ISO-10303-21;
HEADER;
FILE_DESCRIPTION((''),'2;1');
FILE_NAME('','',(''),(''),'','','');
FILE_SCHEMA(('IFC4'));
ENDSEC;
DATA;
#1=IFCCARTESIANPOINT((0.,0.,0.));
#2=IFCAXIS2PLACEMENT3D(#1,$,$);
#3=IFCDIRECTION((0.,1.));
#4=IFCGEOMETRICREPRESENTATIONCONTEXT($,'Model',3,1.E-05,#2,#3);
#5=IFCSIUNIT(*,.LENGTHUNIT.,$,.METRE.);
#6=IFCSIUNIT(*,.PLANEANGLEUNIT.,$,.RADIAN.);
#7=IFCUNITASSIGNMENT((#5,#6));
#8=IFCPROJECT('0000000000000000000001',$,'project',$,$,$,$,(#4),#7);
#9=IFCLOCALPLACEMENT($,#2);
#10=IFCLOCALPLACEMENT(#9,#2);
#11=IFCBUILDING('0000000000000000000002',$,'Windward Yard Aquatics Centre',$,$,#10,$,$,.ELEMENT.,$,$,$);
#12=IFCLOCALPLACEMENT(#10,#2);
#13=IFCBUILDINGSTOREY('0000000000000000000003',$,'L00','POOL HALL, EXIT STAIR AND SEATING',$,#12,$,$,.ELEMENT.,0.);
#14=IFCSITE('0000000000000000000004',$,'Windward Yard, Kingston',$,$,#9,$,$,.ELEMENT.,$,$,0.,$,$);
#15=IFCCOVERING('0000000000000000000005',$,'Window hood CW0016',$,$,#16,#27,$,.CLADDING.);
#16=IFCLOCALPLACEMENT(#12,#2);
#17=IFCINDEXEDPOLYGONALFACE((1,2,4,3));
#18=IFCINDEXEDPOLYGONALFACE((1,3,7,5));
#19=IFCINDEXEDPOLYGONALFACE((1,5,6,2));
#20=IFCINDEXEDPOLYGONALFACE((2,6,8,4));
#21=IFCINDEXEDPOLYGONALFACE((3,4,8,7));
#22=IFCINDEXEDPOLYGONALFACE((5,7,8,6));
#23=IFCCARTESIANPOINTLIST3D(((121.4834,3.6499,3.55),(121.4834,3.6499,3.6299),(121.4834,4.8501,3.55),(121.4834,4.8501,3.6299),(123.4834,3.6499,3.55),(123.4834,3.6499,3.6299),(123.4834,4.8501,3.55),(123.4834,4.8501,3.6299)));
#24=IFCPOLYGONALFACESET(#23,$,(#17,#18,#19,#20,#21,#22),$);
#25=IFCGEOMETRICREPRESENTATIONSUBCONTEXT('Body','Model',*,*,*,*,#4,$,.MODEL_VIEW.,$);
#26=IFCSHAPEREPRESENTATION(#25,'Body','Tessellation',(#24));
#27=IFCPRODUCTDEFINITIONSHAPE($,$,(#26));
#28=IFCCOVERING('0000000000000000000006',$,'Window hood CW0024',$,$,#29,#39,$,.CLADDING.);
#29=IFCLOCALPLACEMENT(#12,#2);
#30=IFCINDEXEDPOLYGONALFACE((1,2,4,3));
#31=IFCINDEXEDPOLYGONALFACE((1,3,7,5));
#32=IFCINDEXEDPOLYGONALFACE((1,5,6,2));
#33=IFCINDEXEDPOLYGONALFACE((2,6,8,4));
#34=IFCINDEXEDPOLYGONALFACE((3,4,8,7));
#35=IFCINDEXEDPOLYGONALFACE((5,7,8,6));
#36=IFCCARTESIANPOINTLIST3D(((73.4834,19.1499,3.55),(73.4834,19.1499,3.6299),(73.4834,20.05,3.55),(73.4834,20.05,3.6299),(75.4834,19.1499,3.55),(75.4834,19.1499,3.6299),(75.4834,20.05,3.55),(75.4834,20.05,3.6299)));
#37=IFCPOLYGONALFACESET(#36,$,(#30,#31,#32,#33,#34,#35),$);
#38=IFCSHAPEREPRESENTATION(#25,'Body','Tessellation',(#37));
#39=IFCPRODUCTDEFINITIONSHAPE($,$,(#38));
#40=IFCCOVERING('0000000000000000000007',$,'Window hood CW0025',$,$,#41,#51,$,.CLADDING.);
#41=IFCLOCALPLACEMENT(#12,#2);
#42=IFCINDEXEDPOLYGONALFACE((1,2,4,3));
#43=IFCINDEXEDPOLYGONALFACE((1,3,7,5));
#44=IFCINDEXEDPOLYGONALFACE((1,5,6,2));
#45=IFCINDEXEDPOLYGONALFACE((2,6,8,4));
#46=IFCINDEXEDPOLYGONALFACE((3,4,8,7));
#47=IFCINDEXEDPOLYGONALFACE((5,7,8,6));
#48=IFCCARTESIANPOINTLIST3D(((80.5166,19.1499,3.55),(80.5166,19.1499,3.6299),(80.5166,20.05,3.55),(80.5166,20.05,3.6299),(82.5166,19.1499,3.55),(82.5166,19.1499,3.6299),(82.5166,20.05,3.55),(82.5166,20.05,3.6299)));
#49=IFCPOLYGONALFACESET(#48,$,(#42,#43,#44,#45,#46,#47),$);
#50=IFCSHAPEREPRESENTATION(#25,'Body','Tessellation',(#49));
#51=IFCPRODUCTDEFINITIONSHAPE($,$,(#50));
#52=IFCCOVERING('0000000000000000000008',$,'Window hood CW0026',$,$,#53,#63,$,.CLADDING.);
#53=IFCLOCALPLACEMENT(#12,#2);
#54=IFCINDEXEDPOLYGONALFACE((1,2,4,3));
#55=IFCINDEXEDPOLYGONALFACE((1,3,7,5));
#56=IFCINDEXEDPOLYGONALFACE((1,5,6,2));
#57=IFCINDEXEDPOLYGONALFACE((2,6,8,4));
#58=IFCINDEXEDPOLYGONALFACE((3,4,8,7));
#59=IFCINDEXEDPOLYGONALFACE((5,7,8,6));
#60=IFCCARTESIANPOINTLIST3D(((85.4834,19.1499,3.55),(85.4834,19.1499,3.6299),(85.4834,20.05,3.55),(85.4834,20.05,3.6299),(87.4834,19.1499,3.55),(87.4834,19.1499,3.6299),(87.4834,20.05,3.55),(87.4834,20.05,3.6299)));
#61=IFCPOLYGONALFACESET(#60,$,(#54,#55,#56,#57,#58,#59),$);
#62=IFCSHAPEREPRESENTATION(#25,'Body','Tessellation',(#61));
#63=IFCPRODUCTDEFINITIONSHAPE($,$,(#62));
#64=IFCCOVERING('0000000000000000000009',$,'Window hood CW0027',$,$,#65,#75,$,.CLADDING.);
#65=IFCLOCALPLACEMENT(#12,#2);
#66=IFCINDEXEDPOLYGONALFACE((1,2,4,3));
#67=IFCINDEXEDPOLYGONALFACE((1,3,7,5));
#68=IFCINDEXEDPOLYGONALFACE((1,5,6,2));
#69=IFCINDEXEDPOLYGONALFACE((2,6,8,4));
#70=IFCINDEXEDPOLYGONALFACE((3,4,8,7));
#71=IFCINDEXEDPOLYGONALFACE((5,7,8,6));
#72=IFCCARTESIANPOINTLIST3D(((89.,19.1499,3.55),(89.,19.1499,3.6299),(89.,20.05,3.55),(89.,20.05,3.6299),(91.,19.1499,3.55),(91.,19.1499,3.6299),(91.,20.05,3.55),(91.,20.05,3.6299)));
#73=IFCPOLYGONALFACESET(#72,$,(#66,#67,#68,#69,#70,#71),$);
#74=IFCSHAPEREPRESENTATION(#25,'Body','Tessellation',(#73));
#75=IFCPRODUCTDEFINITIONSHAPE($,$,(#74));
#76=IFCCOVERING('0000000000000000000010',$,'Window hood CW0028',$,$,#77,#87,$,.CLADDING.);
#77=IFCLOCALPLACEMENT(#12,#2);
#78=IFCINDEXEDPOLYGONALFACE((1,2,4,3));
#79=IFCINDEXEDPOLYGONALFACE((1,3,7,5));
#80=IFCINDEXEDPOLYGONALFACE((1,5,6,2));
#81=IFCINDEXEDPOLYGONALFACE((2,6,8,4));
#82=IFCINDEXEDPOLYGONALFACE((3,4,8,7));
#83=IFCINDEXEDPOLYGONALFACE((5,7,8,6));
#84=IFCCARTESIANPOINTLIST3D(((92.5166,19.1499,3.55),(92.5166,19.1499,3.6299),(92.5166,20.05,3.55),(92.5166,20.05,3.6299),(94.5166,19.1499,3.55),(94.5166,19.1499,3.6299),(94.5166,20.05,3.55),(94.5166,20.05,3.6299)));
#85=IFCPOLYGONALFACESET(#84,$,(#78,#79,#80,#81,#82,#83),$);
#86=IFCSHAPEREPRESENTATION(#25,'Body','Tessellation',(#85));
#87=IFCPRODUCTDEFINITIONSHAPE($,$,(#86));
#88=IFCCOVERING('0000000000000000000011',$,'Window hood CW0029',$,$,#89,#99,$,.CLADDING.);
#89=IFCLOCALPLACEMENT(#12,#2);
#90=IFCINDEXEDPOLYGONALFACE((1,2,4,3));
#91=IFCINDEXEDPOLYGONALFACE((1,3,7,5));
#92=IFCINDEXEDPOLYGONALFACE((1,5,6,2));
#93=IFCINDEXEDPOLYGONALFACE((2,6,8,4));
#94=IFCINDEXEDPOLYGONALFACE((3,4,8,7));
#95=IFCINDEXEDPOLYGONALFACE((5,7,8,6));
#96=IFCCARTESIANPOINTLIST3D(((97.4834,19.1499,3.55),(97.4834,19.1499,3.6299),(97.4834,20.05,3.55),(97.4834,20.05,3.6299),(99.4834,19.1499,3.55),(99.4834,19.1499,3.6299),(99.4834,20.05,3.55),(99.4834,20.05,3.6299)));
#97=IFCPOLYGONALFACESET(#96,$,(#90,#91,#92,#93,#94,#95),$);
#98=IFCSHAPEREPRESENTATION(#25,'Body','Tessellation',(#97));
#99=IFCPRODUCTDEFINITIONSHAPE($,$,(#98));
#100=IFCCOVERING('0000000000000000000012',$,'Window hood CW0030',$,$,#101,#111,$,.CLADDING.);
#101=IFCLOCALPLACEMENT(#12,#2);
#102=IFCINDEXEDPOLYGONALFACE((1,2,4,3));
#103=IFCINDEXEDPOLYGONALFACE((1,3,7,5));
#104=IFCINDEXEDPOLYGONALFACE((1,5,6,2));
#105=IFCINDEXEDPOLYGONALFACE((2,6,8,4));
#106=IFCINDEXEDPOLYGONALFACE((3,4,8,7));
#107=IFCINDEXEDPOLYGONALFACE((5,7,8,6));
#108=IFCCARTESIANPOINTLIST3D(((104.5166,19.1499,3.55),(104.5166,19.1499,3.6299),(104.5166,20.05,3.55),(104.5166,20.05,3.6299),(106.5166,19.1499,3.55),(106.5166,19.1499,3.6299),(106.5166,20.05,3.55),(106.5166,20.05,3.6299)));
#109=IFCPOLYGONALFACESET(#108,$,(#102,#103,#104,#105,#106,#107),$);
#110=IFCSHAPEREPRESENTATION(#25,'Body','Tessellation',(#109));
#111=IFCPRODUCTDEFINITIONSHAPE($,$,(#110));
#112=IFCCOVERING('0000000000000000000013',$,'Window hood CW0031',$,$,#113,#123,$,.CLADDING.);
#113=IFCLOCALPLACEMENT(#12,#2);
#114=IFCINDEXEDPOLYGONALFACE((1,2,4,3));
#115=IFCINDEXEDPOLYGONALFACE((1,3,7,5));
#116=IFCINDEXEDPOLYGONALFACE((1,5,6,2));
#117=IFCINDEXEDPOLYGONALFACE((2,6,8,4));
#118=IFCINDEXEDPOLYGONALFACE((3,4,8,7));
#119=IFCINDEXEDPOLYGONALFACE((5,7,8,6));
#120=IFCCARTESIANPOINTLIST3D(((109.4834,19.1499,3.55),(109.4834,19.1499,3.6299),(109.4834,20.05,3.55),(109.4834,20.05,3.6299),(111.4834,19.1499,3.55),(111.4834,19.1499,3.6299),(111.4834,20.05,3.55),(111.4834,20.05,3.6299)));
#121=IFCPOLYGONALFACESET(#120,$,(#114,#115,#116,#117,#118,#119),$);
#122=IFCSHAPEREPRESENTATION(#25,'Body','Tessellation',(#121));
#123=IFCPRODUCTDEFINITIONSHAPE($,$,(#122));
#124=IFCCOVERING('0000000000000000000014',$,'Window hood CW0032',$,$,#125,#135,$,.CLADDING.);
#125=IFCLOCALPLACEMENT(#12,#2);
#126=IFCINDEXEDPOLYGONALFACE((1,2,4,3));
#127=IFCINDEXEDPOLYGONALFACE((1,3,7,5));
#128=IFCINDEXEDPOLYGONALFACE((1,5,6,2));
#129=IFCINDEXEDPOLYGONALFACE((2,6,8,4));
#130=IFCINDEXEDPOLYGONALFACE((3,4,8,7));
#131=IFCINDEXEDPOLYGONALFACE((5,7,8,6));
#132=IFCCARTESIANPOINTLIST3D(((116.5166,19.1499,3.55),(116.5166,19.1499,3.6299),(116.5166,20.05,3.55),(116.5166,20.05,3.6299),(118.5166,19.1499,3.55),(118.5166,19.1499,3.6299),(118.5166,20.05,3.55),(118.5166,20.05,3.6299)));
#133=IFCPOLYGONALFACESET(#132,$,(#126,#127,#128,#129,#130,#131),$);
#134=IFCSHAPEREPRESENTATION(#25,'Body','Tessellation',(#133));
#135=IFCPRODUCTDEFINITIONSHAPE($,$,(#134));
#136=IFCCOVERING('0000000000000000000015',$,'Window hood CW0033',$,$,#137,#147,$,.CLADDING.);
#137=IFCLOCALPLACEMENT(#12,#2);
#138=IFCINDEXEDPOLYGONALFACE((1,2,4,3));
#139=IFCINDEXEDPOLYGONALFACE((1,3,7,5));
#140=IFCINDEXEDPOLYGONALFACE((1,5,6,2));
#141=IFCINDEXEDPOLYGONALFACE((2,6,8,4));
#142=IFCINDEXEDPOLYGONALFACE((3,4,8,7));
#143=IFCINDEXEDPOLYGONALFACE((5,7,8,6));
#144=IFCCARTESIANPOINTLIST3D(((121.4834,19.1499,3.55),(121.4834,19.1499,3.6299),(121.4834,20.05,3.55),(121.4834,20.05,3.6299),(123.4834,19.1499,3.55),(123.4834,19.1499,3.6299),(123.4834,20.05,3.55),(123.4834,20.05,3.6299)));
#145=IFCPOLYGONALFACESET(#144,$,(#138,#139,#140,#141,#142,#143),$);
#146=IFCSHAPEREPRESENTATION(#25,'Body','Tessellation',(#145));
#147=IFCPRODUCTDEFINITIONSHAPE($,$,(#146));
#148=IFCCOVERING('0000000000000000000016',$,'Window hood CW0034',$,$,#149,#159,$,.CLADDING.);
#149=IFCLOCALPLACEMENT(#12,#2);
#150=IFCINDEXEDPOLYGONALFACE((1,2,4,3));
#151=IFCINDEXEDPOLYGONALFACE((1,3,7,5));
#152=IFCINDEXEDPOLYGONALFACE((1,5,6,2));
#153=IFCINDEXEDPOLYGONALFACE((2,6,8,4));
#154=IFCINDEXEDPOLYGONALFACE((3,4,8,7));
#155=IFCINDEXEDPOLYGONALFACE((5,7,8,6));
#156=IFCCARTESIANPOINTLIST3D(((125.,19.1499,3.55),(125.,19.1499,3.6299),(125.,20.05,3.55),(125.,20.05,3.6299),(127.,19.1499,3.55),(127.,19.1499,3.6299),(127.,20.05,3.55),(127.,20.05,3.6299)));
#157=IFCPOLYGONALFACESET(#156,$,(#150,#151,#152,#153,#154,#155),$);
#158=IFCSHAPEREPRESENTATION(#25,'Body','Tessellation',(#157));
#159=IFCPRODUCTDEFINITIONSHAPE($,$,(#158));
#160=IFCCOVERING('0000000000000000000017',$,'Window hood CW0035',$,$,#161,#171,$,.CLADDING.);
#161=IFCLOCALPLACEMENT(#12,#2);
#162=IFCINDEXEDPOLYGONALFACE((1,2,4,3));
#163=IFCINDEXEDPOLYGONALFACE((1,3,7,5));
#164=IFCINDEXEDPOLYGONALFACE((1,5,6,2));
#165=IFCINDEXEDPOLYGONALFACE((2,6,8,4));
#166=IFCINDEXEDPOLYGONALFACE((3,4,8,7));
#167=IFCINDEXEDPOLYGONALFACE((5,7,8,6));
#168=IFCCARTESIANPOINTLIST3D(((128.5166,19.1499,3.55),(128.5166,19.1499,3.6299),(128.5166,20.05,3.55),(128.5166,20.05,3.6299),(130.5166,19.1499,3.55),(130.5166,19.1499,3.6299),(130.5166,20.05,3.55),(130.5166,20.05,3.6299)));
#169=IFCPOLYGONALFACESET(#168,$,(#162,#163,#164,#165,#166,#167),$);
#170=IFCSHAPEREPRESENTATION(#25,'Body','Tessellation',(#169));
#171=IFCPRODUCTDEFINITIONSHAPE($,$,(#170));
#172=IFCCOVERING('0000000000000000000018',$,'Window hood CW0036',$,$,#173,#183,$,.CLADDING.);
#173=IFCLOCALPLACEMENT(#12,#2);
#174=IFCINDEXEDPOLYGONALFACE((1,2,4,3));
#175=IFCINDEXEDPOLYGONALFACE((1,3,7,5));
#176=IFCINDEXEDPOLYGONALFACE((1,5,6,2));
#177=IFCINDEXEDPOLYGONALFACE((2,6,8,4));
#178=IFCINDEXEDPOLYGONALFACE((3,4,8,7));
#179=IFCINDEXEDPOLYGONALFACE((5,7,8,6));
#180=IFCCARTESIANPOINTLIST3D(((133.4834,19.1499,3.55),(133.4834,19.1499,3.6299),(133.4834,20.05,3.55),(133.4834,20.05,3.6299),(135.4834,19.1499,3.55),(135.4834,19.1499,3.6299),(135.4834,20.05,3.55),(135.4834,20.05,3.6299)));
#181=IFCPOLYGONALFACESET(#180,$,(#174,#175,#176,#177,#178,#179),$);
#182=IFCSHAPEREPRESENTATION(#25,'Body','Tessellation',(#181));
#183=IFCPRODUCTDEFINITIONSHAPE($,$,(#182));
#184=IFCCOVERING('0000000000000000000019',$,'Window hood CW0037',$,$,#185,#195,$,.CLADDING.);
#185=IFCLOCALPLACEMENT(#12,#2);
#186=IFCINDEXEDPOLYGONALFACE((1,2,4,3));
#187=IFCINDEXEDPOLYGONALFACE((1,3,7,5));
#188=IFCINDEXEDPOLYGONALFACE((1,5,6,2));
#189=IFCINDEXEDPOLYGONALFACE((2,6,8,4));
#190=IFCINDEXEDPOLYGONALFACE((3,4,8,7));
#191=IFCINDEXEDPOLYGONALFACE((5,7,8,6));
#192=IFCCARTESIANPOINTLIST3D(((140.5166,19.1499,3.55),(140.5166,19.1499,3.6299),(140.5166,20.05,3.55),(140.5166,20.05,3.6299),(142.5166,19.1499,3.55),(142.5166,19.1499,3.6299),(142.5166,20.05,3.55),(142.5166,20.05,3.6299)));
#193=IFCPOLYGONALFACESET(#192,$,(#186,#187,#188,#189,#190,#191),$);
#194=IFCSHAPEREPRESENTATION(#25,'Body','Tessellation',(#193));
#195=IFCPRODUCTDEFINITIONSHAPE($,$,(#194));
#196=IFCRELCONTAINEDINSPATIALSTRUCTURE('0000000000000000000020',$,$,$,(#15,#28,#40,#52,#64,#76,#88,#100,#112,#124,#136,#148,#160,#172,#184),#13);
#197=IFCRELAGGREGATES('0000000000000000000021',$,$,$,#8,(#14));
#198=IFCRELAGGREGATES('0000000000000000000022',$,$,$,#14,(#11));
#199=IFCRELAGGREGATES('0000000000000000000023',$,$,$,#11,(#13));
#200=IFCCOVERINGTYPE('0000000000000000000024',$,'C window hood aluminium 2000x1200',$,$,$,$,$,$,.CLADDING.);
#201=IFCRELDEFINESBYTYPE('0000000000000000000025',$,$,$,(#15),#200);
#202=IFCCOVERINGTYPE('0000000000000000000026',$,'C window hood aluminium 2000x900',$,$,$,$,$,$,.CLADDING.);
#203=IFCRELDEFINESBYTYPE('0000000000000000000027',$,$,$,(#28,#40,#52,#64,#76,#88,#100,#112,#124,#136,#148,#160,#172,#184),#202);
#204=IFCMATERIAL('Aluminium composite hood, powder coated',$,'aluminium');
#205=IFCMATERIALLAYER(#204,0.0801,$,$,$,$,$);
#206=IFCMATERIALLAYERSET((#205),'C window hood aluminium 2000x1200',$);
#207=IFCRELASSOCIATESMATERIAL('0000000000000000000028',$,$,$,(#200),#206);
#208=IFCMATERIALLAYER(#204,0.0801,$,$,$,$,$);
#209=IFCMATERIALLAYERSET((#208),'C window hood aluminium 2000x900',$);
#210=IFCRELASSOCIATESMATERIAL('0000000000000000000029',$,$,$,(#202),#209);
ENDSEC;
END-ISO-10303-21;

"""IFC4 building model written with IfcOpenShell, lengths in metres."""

from ifc_helpers import new_model, si_unit, direction, frame, origin, place, context, subcontext, project, spatial, polyline, outline, extrude, material, layer, layer_set, type_object, element, save


model = new_model("IFC4")

# Units and contexts
model_context = context("Model", 3, precision=1e-05, world=origin(), true_north=direction((0.0, 1.0)))
body_context = subcontext(model_context, "Body", "Model", "MODEL_VIEW")
ifc_project = project(units=[si_unit("LENGTHUNIT", "METRE"), si_unit("PLANEANGLEUNIT", "RADIAN")], contexts=[model_context])

# Site, building, storey
site_placement = place(None, origin())
site = spatial("IfcSite", under=ifc_project, at=site_placement, Name="Windward Yard, Kingston", CompositionType="ELEMENT", RefElevation=0.0)
building_placement = place(site_placement, origin())
building = spatial("IfcBuilding", under=site, at=building_placement, Name="Windward Yard Aquatics Centre", CompositionType="ELEMENT")
storey_placement = place(building_placement, origin())
storey = spatial("IfcBuildingStorey", under=building, at=storey_placement, Name="L00", Description="POOL HALL, EXIT STAIR AND SEATING", CompositionType="ELEMENT", Elevation=0.0)

# Coverings
ifc_material = material(Name="Aluminium composite hood, powder coated", Category="aluminium")
ifc_layer_1 = layer(ifc_material, 0.0801)
ifc_layer_set_1 = layer_set([ifc_layer_1], Name="C window hood aluminium 2000x1200")
covering_type_1 = type_object("IfcCoveringType", Name="C window hood aluminium 2000x1200", PredefinedType="CLADDING", material=ifc_layer_set_1)
covering_1_placement = place(storey_placement, frame((0.0, 0.0, 3.55)))
element("IfcCovering", 1, at=covering_1_placement, inside=storey, type_object=covering_type_1, Name="Window hood CW0016", PredefinedType="CLADDING", context=body_context, shape_type="SweptSolid", body=[
    extrude(outline(polyline([(121.4834, 3.6499), (121.4834, 4.8501), (123.4834, 4.8501), (123.4834, 3.6499), (121.4834, 3.6499)])), origin(), (0.0, 0.0, 1.0), 0.0798),
])
ifc_layer_2 = layer(ifc_material, 0.0801)
ifc_layer_set_2 = layer_set([ifc_layer_2], Name="C window hood aluminium 2000x900")
covering_type_2 = type_object("IfcCoveringType", Name="C window hood aluminium 2000x900", PredefinedType="CLADDING", material=ifc_layer_set_2)
covering_2_placement = place(storey_placement, frame((0.0, 0.0, 3.55)))
element("IfcCovering", 2, at=covering_2_placement, inside=storey, type_object=covering_type_2, Name="Window hood CW0024", PredefinedType="CLADDING", context=body_context, shape_type="SweptSolid", body=[
    extrude(outline(polyline([(73.4834, 19.1499), (75.4834, 19.1499), (75.4834, 20.05), (73.4834, 20.05), (73.4834, 19.1499)])), origin(), (0.0, 0.0, 1.0), 0.0798),
])
covering_3_placement = place(storey_placement, frame((0.0, 0.0, 3.55)))
element("IfcCovering", 3, at=covering_3_placement, inside=storey, type_object=covering_type_2, Name="Window hood CW0025", PredefinedType="CLADDING", context=body_context, shape_type="SweptSolid", body=[
    extrude(outline(polyline([(80.5166, 19.1499), (82.5166, 19.1499), (82.5166, 20.05), (80.5166, 20.05), (80.5166, 19.1499)])), origin(), (0.0, 0.0, 1.0), 0.0798),
])
covering_4_placement = place(storey_placement, frame((0.0, 0.0, 3.55)))
element("IfcCovering", 4, at=covering_4_placement, inside=storey, type_object=covering_type_2, Name="Window hood CW0026", PredefinedType="CLADDING", context=body_context, shape_type="SweptSolid", body=[
    extrude(outline(polyline([(85.4834, 19.1499), (87.4834, 19.1499), (87.4834, 20.05), (85.4834, 20.05), (85.4834, 19.1499)])), origin(), (0.0, 0.0, 1.0), 0.0798),
])
covering_5_placement = place(storey_placement, frame((0.0, 0.0, 3.55)))
element("IfcCovering", 5, at=covering_5_placement, inside=storey, type_object=covering_type_2, Name="Window hood CW0027", PredefinedType="CLADDING", context=body_context, shape_type="SweptSolid", body=[
    extrude(outline(polyline([(89.0, 19.1499), (91.0, 19.1499), (91.0, 20.05), (89.0, 20.05), (89.0, 19.1499)])), origin(), (0.0, 0.0, 1.0), 0.0798),
])
covering_6_placement = place(storey_placement, frame((0.0, 0.0, 3.55)))
element("IfcCovering", 6, at=covering_6_placement, inside=storey, type_object=covering_type_2, Name="Window hood CW0028", PredefinedType="CLADDING", context=body_context, shape_type="SweptSolid", body=[
    extrude(outline(polyline([(92.5166, 19.1499), (94.5166, 19.1499), (94.5166, 20.05), (92.5166, 20.05), (92.5166, 19.1499)])), origin(), (0.0, 0.0, 1.0), 0.0798),
])
covering_7_placement = place(storey_placement, frame((0.0, 0.0, 3.55)))
element("IfcCovering", 7, at=covering_7_placement, inside=storey, type_object=covering_type_2, Name="Window hood CW0029", PredefinedType="CLADDING", context=body_context, shape_type="SweptSolid", body=[
    extrude(outline(polyline([(97.4834, 19.1499), (99.4834, 19.1499), (99.4834, 20.05), (97.4834, 20.05), (97.4834, 19.1499)])), origin(), (0.0, 0.0, 1.0), 0.0798),
])
covering_8_placement = place(storey_placement, frame((0.0, 0.0, 3.55)))
element("IfcCovering", 8, at=covering_8_placement, inside=storey, type_object=covering_type_2, Name="Window hood CW0030", PredefinedType="CLADDING", context=body_context, shape_type="SweptSolid", body=[
    extrude(outline(polyline([(104.5166, 19.1499), (106.5166, 19.1499), (106.5166, 20.05), (104.5166, 20.05), (104.5166, 19.1499)])), origin(), (0.0, 0.0, 1.0), 0.0798),
])
covering_9_placement = place(storey_placement, frame((0.0, 0.0, 3.55)))
element("IfcCovering", 9, at=covering_9_placement, inside=storey, type_object=covering_type_2, Name="Window hood CW0031", PredefinedType="CLADDING", context=body_context, shape_type="SweptSolid", body=[
    extrude(outline(polyline([(109.4834, 19.1499), (111.4834, 19.1499), (111.4834, 20.05), (109.4834, 20.05), (109.4834, 19.1499)])), origin(), (0.0, 0.0, 1.0), 0.0798),
])
covering_10_placement = place(storey_placement, frame((0.0, 0.0, 3.55)))
element("IfcCovering", 10, at=covering_10_placement, inside=storey, type_object=covering_type_2, Name="Window hood CW0032", PredefinedType="CLADDING", context=body_context, shape_type="SweptSolid", body=[
    extrude(outline(polyline([(116.5166, 19.1499), (118.5166, 19.1499), (118.5166, 20.05), (116.5166, 20.05), (116.5166, 19.1499)])), origin(), (0.0, 0.0, 1.0), 0.0798),
])
covering_11_placement = place(storey_placement, frame((0.0, 0.0, 3.55)))
element("IfcCovering", 11, at=covering_11_placement, inside=storey, type_object=covering_type_2, Name="Window hood CW0033", PredefinedType="CLADDING", context=body_context, shape_type="SweptSolid", body=[
    extrude(outline(polyline([(121.4834, 19.1499), (123.4834, 19.1499), (123.4834, 20.05), (121.4834, 20.05), (121.4834, 19.1499)])), origin(), (0.0, 0.0, 1.0), 0.0798),
])
covering_12_placement = place(storey_placement, frame((0.0, 0.0, 3.55)))
element("IfcCovering", 12, at=covering_12_placement, inside=storey, type_object=covering_type_2, Name="Window hood CW0034", PredefinedType="CLADDING", context=body_context, shape_type="SweptSolid", body=[
    extrude(outline(polyline([(125.0, 19.1499), (127.0, 19.1499), (127.0, 20.05), (125.0, 20.05), (125.0, 19.1499)])), origin(), (0.0, 0.0, 1.0), 0.0798),
])
covering_13_placement = place(storey_placement, frame((0.0, 0.0, 3.55)))
element("IfcCovering", 13, at=covering_13_placement, inside=storey, type_object=covering_type_2, Name="Window hood CW0035", PredefinedType="CLADDING", context=body_context, shape_type="SweptSolid", body=[
    extrude(outline(polyline([(128.5166, 19.1499), (130.5166, 19.1499), (130.5166, 20.05), (128.5166, 20.05), (128.5166, 19.1499)])), origin(), (0.0, 0.0, 1.0), 0.0798),
])
covering_14_placement = place(storey_placement, frame((0.0, 0.0, 3.55)))
element("IfcCovering", 14, at=covering_14_placement, inside=storey, type_object=covering_type_2, Name="Window hood CW0036", PredefinedType="CLADDING", context=body_context, shape_type="SweptSolid", body=[
    extrude(outline(polyline([(133.4834, 19.1499), (135.4834, 19.1499), (135.4834, 20.05), (133.4834, 20.05), (133.4834, 19.1499)])), origin(), (0.0, 0.0, 1.0), 0.0798),
])
covering_15_placement = place(storey_placement, frame((0.0, 0.0, 3.55)))
element("IfcCovering", 15, at=covering_15_placement, inside=storey, type_object=covering_type_2, Name="Window hood CW0037", PredefinedType="CLADDING", context=body_context, shape_type="SweptSolid", body=[
    extrude(outline(polyline([(140.5166, 19.1499), (142.5166, 19.1499), (142.5166, 20.05), (140.5166, 20.05), (140.5166, 19.1499)])), origin(), (0.0, 0.0, 1.0), 0.0798),
])

save(model, "model.ifc")
